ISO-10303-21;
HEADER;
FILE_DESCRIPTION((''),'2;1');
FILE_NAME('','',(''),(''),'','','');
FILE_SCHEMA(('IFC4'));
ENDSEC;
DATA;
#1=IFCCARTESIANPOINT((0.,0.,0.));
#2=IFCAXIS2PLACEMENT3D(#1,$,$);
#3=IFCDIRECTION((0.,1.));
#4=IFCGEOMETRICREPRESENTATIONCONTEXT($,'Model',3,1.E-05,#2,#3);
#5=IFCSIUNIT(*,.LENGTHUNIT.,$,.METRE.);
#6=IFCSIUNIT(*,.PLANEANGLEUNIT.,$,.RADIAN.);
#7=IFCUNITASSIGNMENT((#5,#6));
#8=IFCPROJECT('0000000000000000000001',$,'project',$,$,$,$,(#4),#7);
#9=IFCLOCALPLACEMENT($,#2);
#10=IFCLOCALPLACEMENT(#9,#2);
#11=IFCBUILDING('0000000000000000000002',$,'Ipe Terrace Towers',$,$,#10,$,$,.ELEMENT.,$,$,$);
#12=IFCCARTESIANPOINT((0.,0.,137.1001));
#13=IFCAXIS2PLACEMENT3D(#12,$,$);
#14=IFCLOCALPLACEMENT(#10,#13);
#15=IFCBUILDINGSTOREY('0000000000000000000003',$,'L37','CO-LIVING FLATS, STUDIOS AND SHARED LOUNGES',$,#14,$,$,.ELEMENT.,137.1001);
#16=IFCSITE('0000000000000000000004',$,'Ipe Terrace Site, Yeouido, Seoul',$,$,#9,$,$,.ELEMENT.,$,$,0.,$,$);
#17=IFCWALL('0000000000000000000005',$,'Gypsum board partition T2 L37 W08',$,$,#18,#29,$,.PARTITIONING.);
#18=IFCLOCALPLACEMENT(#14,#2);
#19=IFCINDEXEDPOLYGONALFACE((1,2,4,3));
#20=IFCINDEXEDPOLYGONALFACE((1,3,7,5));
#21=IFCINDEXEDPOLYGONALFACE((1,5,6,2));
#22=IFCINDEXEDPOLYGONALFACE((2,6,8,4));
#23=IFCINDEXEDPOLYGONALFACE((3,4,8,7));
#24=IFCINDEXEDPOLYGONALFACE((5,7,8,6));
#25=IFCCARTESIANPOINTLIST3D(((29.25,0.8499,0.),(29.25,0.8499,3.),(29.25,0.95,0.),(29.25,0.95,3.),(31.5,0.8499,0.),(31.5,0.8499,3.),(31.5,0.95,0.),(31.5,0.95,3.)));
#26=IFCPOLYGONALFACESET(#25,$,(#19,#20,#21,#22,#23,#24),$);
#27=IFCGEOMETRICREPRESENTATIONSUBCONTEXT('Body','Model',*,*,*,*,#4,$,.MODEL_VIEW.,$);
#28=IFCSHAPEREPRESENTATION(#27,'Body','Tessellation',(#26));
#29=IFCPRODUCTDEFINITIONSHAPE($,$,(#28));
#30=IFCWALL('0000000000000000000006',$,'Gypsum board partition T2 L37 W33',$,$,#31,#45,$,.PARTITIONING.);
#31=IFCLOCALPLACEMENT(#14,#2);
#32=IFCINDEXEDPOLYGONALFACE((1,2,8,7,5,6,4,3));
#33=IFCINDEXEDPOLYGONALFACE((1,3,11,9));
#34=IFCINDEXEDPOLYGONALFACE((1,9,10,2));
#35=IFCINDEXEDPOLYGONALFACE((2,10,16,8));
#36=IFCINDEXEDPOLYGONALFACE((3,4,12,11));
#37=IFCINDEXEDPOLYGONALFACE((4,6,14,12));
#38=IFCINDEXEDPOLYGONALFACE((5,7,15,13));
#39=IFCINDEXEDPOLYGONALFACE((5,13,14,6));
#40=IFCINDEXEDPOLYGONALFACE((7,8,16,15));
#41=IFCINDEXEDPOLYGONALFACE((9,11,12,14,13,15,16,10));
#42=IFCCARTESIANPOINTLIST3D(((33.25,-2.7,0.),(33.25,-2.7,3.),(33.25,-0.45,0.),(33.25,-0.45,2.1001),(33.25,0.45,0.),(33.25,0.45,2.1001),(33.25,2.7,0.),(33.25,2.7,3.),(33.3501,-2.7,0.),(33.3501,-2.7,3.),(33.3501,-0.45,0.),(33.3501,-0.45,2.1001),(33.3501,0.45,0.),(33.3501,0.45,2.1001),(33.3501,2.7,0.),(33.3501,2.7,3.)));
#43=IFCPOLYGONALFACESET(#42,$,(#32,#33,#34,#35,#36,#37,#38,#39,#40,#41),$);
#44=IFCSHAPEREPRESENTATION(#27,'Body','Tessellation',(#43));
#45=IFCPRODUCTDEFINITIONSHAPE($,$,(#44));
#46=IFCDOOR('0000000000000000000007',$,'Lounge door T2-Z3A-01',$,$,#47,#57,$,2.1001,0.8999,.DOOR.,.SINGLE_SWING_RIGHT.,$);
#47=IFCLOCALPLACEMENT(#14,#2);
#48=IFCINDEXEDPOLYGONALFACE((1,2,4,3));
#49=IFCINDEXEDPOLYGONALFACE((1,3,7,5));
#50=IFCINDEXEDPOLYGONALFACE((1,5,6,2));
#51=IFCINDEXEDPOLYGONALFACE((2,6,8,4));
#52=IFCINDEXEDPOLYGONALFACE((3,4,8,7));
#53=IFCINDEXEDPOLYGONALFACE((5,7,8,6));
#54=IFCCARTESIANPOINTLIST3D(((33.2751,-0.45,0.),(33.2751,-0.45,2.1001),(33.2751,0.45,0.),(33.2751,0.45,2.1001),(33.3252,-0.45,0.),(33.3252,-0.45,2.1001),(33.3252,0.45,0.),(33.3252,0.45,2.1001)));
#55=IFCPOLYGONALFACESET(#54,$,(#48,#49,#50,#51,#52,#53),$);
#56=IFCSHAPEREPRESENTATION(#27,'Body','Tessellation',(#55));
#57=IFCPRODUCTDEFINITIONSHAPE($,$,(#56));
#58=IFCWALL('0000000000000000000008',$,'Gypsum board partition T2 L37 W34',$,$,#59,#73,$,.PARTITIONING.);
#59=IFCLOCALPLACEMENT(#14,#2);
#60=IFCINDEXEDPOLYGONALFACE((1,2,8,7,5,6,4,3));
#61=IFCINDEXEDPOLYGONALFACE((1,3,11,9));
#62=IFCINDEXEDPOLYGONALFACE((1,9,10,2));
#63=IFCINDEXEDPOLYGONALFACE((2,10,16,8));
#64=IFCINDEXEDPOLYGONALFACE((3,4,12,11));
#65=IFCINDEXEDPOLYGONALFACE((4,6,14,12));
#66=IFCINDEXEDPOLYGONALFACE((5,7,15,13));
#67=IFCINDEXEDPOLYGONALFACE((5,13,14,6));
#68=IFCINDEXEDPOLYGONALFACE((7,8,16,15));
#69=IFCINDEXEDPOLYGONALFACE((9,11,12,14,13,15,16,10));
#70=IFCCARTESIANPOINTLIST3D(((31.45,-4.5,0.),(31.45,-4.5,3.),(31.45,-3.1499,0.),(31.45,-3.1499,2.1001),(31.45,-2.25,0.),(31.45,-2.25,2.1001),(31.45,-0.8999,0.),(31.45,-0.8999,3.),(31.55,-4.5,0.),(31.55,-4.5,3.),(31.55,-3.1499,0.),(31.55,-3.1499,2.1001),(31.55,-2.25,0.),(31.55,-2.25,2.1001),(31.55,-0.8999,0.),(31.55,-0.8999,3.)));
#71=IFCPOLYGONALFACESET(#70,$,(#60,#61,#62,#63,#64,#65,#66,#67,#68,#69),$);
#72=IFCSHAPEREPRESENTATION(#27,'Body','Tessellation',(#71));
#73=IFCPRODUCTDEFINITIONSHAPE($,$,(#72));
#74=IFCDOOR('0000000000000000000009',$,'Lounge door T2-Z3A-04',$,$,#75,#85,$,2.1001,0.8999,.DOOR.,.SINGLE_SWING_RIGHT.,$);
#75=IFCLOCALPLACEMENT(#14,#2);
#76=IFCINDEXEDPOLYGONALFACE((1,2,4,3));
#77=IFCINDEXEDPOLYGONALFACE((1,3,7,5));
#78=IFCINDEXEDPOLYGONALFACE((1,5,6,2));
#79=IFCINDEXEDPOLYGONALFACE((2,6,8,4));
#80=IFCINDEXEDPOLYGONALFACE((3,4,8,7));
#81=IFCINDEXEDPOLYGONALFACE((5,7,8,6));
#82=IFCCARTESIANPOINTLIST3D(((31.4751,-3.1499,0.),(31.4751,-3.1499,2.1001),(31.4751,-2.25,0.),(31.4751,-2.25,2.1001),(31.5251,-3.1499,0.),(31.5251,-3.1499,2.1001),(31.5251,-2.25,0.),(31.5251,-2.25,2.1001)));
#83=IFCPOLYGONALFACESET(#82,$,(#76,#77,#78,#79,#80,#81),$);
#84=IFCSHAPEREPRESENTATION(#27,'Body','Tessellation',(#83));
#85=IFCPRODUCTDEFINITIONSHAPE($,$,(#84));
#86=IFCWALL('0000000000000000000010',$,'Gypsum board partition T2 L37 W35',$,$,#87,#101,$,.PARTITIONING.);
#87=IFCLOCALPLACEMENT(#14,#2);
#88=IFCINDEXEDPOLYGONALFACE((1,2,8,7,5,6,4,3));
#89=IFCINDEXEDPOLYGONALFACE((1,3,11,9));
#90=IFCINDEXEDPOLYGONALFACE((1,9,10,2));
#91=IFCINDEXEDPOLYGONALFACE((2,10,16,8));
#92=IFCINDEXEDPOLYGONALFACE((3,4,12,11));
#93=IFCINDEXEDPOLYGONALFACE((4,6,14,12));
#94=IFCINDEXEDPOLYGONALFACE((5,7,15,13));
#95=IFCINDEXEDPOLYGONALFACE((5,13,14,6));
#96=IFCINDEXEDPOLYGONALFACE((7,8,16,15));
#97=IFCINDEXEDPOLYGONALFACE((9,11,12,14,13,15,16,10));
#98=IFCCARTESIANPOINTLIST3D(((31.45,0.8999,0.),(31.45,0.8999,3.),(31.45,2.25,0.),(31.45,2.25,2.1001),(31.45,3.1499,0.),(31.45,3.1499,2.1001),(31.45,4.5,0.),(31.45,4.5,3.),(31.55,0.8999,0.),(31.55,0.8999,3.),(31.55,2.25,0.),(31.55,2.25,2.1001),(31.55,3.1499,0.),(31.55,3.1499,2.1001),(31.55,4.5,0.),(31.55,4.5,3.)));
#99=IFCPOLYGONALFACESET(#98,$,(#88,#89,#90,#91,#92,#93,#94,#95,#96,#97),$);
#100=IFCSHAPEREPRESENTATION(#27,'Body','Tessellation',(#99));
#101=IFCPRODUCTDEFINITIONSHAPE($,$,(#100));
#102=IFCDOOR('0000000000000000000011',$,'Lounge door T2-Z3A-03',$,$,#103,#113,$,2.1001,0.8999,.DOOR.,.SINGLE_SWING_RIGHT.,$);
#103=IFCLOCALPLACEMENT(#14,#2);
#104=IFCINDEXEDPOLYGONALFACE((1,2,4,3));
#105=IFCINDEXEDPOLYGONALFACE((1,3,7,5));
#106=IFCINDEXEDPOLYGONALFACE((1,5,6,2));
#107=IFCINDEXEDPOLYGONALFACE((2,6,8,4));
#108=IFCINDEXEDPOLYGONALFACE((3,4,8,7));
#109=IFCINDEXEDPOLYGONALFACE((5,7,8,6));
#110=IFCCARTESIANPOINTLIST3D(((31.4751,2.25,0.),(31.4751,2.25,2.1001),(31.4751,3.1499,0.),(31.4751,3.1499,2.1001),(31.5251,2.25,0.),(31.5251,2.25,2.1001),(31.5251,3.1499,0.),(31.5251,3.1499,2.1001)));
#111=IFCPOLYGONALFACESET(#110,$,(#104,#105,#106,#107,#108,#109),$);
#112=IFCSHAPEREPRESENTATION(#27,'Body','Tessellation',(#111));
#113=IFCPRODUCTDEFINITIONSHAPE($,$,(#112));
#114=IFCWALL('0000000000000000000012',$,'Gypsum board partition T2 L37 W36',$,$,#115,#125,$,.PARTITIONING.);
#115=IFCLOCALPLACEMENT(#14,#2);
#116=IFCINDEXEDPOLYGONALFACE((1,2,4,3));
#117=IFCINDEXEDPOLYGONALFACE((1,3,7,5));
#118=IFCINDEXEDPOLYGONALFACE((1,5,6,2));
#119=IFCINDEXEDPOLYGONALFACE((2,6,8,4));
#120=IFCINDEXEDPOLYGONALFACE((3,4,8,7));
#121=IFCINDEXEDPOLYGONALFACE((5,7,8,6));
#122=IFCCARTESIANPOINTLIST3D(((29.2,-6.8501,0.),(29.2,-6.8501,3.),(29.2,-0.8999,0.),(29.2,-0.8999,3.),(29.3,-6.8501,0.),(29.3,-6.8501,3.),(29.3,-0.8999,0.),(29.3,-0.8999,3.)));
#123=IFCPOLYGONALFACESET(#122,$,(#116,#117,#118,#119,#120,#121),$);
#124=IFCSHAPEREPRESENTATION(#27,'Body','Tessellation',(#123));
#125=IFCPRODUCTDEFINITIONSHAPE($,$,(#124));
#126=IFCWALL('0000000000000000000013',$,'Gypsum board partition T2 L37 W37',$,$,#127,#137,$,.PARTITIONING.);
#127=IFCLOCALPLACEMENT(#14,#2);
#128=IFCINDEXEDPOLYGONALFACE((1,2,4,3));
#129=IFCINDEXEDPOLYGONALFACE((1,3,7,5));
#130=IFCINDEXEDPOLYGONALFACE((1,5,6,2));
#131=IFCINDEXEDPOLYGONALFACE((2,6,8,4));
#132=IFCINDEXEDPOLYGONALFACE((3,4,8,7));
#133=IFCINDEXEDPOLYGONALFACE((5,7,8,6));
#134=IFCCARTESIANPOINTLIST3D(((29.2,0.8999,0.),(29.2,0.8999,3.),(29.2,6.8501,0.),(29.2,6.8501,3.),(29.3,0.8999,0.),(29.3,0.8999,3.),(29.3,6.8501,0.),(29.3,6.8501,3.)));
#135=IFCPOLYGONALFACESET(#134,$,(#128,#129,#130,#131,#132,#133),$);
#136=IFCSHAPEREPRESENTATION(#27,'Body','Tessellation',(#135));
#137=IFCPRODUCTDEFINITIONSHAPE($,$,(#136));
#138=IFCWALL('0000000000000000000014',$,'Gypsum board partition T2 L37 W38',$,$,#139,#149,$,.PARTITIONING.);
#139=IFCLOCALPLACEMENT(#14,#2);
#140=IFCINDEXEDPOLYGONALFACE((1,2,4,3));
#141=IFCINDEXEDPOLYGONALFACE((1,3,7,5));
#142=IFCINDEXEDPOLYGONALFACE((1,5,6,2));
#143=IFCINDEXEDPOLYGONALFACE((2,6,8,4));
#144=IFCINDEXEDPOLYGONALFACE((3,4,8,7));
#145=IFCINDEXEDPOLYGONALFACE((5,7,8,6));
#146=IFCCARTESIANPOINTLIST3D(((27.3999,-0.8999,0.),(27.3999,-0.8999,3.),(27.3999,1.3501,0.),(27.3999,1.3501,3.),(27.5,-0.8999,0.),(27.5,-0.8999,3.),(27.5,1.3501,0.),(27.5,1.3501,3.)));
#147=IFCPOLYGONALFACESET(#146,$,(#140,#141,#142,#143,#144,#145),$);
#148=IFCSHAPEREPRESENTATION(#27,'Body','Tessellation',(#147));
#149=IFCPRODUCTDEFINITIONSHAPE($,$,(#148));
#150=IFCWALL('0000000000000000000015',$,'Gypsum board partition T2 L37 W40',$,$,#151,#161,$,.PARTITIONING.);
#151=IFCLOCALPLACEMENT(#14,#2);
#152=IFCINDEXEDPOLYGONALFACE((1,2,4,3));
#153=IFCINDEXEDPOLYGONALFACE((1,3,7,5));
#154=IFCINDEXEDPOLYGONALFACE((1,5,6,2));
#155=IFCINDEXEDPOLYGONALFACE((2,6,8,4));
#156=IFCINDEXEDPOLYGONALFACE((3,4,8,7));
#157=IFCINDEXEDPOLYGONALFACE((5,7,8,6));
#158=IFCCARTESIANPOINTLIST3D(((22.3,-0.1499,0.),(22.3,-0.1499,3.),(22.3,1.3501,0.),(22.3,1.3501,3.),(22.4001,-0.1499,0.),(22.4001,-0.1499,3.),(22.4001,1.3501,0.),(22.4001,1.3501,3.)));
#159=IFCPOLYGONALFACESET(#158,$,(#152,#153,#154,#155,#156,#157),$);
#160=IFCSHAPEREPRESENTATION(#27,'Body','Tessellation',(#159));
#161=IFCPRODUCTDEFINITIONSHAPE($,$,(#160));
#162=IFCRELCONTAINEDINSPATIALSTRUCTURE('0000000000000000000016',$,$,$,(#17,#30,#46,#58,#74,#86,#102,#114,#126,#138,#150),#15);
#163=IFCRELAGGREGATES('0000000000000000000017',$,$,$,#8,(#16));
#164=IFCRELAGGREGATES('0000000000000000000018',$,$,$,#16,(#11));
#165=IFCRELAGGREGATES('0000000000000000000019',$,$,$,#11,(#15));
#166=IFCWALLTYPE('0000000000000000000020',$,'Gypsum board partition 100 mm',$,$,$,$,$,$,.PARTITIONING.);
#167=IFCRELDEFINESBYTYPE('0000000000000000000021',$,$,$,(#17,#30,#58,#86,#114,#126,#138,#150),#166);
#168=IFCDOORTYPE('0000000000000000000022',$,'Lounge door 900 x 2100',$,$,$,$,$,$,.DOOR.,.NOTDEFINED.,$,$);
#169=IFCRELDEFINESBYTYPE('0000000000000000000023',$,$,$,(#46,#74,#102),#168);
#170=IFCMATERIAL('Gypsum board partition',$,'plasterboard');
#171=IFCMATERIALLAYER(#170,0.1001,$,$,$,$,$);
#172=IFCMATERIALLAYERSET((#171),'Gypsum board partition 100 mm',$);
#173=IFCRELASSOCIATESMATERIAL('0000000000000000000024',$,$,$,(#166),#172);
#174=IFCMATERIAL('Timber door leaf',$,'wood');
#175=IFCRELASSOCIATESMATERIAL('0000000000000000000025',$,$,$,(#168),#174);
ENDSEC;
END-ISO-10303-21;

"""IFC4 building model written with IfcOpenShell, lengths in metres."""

from ifc_helpers import new_model, si_unit, direction, frame, frame_2d, origin, place, context, subcontext, project, spatial, rectangle, extrude, material, layer, layer_set, type_object, element, fill, save


model = new_model("IFC4")

# Units and contexts
model_context = context("Model", 3, precision=1e-05, world=origin(), true_north=direction((0.0, 1.0)))
body_context = subcontext(model_context, "Body", "Model", "MODEL_VIEW")
ifc_project = project(units=[si_unit("LENGTHUNIT", "METRE"), si_unit("PLANEANGLEUNIT", "RADIAN")], contexts=[model_context])

# Site, building, storey
site_placement = place(None, origin())
site = spatial("IfcSite", under=ifc_project, at=site_placement, Name="Ipe Terrace Site, Yeouido, Seoul", CompositionType="ELEMENT", RefElevation=0.0)
building_placement = place(site_placement, origin())
building = spatial("IfcBuilding", under=site, at=building_placement, Name="Ipe Terrace Towers", CompositionType="ELEMENT")
storey_placement = place(building_placement, frame((0.0, 0.0, 137.1001)))
storey = spatial("IfcBuildingStorey", under=building, at=storey_placement, Name="L37", Description="CO-LIVING FLATS, STUDIOS AND SHARED LOUNGES", CompositionType="ELEMENT", Elevation=137.1001)

# Shared definitions
ifc_material_1 = material(Name="Gypsum board partition", Category="plasterboard")
ifc_layer_1 = layer(ifc_material_1, 0.1001)
ifc_layer_set_1 = layer_set([ifc_layer_1], Name="Gypsum board partition 100 mm")
wall_type_1 = type_object("IfcWallType", Name="Gypsum board partition 100 mm", PredefinedType="PARTITIONING", material=ifc_layer_set_1)

# Wall
wall_1_placement = place(storey_placement, frame((31.5, 0.8999, 0.0), z_axis=(0.0, 0.0, 1.0), x_axis=(-1.0, 0.0, 0.0)))
element("IfcWall", 1, at=wall_1_placement, inside=storey, type_object=wall_type_1, Name="Gypsum board partition T2 L37 W08", PredefinedType="PARTITIONING", context=body_context, shape_type="SweptSolid", body=[
    extrude(rectangle(XDim=2.25, YDim=0.1001, at=frame_2d((1.125, 0.0))), origin(), (0.0, 0.0, 1.0), 3.0),
])

# Walls, openings, doors
wall_2_placement = place(storey_placement, frame((33.3, -2.7, 0.0), z_axis=(0.0, 0.0, 1.0), x_axis=(0.0, 1.0, 0.0)))
wall_2 = element("IfcWall", 2, at=wall_2_placement, inside=storey, type_object=wall_type_1, Name="Gypsum board partition T2 L37 W33", PredefinedType="PARTITIONING", context=body_context, shape_type="SweptSolid", body=[
    extrude(rectangle(XDim=5.3999, YDim=0.1001, at=frame_2d((2.7, 0.0))), origin(), (0.0, 0.0, 1.0), 3.0),
])
opening_1_placement = place(wall_2_placement, frame((2.25, 0.0, 0.0)))
opening_1 = element("IfcOpeningElement", 3, at=opening_1_placement, cuts=wall_2, PredefinedType="OPENING", context=body_context, shape_type="SweptSolid", body=[
    extrude(rectangle(XDim=0.8999, YDim=2.1001, at=frame_2d((0.45, 1.05))), frame((0.0, 0.0601, 0.0), z_axis=(0.0, -1.0, 0.0), x_axis=(1.0, 0.0, 0.0)), (0.0, 0.0, 1.0), 0.1201),
])
ifc_material_2 = material(Name="Timber door leaf", Category="wood")
door_type_1 = type_object("IfcDoorType", Name="Lounge door 900 x 2100", OperationType="NOTDEFINED", PredefinedType="DOOR", material=ifc_material_2)
door_1_placement = place(opening_1_placement, origin())
door_1 = element("IfcDoor", 4, at=door_1_placement, inside=storey, type_object=door_type_1, Name="Lounge door T2-Z3A-01", OperationType="SINGLE_SWING_RIGHT", OverallHeight=2.1001, OverallWidth=0.8999, PredefinedType="DOOR", context=body_context, shape_type="SweptSolid", body=[
    extrude(rectangle(XDim=0.8999, YDim=2.1001, at=frame_2d((0.45, 1.05))), frame((0.0, 0.0249, 0.0), z_axis=(0.0, -1.0, 0.0), x_axis=(1.0, 0.0, 0.0)), (0.0, 0.0, 1.0), 0.05),
])
fill(opening_1, door_1)
wall_3_placement = place(storey_placement, frame((31.5, -4.5, 0.0), z_axis=(0.0, 0.0, 1.0), x_axis=(0.0, 1.0, 0.0)))
wall_3 = element("IfcWall", 5, at=wall_3_placement, inside=storey, type_object=wall_type_1, Name="Gypsum board partition T2 L37 W34", PredefinedType="PARTITIONING", context=body_context, shape_type="SweptSolid", body=[
    extrude(rectangle(XDim=3.6001, YDim=0.1001, at=frame_2d((1.8, 0.0))), origin(), (0.0, 0.0, 1.0), 3.0),
])
opening_2_placement = place(wall_3_placement, frame((1.3501, 0.0, 0.0)))
opening_2 = element("IfcOpeningElement", 6, at=opening_2_placement, cuts=wall_3, PredefinedType="OPENING", context=body_context, shape_type="SweptSolid", body=[
    extrude(rectangle(XDim=0.8999, YDim=2.1001, at=frame_2d((0.45, 1.05))), frame((0.0, 0.0601, 0.0), z_axis=(0.0, -1.0, 0.0), x_axis=(1.0, 0.0, 0.0)), (0.0, 0.0, 1.0), 0.1201),
])
door_2_placement = place(opening_2_placement, origin())
door_2 = element("IfcDoor", 7, at=door_2_placement, inside=storey, type_object=door_type_1, Name="Lounge door T2-Z3A-04", OperationType="SINGLE_SWING_RIGHT", OverallHeight=2.1001, OverallWidth=0.8999, PredefinedType="DOOR", context=body_context, shape_type="SweptSolid", body=[
    extrude(rectangle(XDim=0.8999, YDim=2.1001, at=frame_2d((0.45, 1.05))), frame((0.0, 0.0249, 0.0), z_axis=(0.0, -1.0, 0.0), x_axis=(1.0, 0.0, 0.0)), (0.0, 0.0, 1.0), 0.05),
])
fill(opening_2, door_2)
wall_4_placement = place(storey_placement, frame((31.5, 0.8999, 0.0), z_axis=(0.0, 0.0, 1.0), x_axis=(0.0, 1.0, 0.0)))
wall_4 = element("IfcWall", 8, at=wall_4_placement, inside=storey, type_object=wall_type_1, Name="Gypsum board partition T2 L37 W35", PredefinedType="PARTITIONING", context=body_context, shape_type="SweptSolid", body=[
    extrude(rectangle(XDim=3.6001, YDim=0.1001, at=frame_2d((1.8, 0.0))), origin(), (0.0, 0.0, 1.0), 3.0),
])
opening_3_placement = place(wall_4_placement, frame((1.3501, 0.0, 0.0)))
opening_3 = element("IfcOpeningElement", 9, at=opening_3_placement, cuts=wall_4, PredefinedType="OPENING", context=body_context, shape_type="SweptSolid", body=[
    extrude(rectangle(XDim=0.8999, YDim=2.1001, at=frame_2d((0.45, 1.05))), frame((0.0, 0.0601, 0.0), z_axis=(0.0, -1.0, 0.0), x_axis=(1.0, 0.0, 0.0)), (0.0, 0.0, 1.0), 0.1201),
])
door_3_placement = place(opening_3_placement, origin())
door_3 = element("IfcDoor", 10, at=door_3_placement, inside=storey, type_object=door_type_1, Name="Lounge door T2-Z3A-03", OperationType="SINGLE_SWING_RIGHT", OverallHeight=2.1001, OverallWidth=0.8999, PredefinedType="DOOR", context=body_context, shape_type="SweptSolid", body=[
    extrude(rectangle(XDim=0.8999, YDim=2.1001, at=frame_2d((0.45, 1.05))), frame((0.0, 0.0249, 0.0), z_axis=(0.0, -1.0, 0.0), x_axis=(1.0, 0.0, 0.0)), (0.0, 0.0, 1.0), 0.05),
])
fill(opening_3, door_3)

# Walls
for number, where, z_axis, x_axis, name in (
    (11, (29.25, -6.8501, 0.0), (0.0, 0.0, 1.0), (0.0, 1.0, 0.0), "Gypsum board partition T2 L37 W36"),
    (12, (29.25, 0.8999, 0.0), (0.0, 0.0, 1.0), (0.0, 1.0, 0.0), "Gypsum board partition T2 L37 W37"),
):
    element("IfcWall", number, at=place(storey_placement, frame(where, z_axis=z_axis, x_axis=x_axis)), inside=storey, type_object=wall_type_1, Name=name, PredefinedType="PARTITIONING", context=body_context, shape_type="SweptSolid", body=[
        extrude(rectangle(XDim=5.9502, YDim=0.1001, at=frame_2d((2.9751, 0.0))), origin(), (0.0, 0.0, 1.0), 3.0),
    ])
wall_5_placement = place(storey_placement, frame((27.45, -0.8999, 0.0), z_axis=(0.0, 0.0, 1.0), x_axis=(0.0, 1.0, 0.0)))
element("IfcWall", 13, at=wall_5_placement, inside=storey, type_object=wall_type_1, Name="Gypsum board partition T2 L37 W38", PredefinedType="PARTITIONING", context=body_context, shape_type="SweptSolid", body=[
    extrude(rectangle(XDim=2.25, YDim=0.1001, at=frame_2d((1.125, 0.0))), origin(), (0.0, 0.0, 1.0), 3.0),
])
wall_6_placement = place(storey_placement, frame((22.3501, -0.1499, 0.0), z_axis=(0.0, 0.0, 1.0), x_axis=(0.0, 1.0, 0.0)))
element("IfcWall", 14, at=wall_6_placement, inside=storey, type_object=wall_type_1, Name="Gypsum board partition T2 L37 W40", PredefinedType="PARTITIONING", context=body_context, shape_type="SweptSolid", body=[
    extrude(rectangle(XDim=1.5, YDim=0.1001, at=frame_2d((0.75, 0.0))), origin(), (0.0, 0.0, 1.0), 3.0),
])

save(model, "model.ifc")
